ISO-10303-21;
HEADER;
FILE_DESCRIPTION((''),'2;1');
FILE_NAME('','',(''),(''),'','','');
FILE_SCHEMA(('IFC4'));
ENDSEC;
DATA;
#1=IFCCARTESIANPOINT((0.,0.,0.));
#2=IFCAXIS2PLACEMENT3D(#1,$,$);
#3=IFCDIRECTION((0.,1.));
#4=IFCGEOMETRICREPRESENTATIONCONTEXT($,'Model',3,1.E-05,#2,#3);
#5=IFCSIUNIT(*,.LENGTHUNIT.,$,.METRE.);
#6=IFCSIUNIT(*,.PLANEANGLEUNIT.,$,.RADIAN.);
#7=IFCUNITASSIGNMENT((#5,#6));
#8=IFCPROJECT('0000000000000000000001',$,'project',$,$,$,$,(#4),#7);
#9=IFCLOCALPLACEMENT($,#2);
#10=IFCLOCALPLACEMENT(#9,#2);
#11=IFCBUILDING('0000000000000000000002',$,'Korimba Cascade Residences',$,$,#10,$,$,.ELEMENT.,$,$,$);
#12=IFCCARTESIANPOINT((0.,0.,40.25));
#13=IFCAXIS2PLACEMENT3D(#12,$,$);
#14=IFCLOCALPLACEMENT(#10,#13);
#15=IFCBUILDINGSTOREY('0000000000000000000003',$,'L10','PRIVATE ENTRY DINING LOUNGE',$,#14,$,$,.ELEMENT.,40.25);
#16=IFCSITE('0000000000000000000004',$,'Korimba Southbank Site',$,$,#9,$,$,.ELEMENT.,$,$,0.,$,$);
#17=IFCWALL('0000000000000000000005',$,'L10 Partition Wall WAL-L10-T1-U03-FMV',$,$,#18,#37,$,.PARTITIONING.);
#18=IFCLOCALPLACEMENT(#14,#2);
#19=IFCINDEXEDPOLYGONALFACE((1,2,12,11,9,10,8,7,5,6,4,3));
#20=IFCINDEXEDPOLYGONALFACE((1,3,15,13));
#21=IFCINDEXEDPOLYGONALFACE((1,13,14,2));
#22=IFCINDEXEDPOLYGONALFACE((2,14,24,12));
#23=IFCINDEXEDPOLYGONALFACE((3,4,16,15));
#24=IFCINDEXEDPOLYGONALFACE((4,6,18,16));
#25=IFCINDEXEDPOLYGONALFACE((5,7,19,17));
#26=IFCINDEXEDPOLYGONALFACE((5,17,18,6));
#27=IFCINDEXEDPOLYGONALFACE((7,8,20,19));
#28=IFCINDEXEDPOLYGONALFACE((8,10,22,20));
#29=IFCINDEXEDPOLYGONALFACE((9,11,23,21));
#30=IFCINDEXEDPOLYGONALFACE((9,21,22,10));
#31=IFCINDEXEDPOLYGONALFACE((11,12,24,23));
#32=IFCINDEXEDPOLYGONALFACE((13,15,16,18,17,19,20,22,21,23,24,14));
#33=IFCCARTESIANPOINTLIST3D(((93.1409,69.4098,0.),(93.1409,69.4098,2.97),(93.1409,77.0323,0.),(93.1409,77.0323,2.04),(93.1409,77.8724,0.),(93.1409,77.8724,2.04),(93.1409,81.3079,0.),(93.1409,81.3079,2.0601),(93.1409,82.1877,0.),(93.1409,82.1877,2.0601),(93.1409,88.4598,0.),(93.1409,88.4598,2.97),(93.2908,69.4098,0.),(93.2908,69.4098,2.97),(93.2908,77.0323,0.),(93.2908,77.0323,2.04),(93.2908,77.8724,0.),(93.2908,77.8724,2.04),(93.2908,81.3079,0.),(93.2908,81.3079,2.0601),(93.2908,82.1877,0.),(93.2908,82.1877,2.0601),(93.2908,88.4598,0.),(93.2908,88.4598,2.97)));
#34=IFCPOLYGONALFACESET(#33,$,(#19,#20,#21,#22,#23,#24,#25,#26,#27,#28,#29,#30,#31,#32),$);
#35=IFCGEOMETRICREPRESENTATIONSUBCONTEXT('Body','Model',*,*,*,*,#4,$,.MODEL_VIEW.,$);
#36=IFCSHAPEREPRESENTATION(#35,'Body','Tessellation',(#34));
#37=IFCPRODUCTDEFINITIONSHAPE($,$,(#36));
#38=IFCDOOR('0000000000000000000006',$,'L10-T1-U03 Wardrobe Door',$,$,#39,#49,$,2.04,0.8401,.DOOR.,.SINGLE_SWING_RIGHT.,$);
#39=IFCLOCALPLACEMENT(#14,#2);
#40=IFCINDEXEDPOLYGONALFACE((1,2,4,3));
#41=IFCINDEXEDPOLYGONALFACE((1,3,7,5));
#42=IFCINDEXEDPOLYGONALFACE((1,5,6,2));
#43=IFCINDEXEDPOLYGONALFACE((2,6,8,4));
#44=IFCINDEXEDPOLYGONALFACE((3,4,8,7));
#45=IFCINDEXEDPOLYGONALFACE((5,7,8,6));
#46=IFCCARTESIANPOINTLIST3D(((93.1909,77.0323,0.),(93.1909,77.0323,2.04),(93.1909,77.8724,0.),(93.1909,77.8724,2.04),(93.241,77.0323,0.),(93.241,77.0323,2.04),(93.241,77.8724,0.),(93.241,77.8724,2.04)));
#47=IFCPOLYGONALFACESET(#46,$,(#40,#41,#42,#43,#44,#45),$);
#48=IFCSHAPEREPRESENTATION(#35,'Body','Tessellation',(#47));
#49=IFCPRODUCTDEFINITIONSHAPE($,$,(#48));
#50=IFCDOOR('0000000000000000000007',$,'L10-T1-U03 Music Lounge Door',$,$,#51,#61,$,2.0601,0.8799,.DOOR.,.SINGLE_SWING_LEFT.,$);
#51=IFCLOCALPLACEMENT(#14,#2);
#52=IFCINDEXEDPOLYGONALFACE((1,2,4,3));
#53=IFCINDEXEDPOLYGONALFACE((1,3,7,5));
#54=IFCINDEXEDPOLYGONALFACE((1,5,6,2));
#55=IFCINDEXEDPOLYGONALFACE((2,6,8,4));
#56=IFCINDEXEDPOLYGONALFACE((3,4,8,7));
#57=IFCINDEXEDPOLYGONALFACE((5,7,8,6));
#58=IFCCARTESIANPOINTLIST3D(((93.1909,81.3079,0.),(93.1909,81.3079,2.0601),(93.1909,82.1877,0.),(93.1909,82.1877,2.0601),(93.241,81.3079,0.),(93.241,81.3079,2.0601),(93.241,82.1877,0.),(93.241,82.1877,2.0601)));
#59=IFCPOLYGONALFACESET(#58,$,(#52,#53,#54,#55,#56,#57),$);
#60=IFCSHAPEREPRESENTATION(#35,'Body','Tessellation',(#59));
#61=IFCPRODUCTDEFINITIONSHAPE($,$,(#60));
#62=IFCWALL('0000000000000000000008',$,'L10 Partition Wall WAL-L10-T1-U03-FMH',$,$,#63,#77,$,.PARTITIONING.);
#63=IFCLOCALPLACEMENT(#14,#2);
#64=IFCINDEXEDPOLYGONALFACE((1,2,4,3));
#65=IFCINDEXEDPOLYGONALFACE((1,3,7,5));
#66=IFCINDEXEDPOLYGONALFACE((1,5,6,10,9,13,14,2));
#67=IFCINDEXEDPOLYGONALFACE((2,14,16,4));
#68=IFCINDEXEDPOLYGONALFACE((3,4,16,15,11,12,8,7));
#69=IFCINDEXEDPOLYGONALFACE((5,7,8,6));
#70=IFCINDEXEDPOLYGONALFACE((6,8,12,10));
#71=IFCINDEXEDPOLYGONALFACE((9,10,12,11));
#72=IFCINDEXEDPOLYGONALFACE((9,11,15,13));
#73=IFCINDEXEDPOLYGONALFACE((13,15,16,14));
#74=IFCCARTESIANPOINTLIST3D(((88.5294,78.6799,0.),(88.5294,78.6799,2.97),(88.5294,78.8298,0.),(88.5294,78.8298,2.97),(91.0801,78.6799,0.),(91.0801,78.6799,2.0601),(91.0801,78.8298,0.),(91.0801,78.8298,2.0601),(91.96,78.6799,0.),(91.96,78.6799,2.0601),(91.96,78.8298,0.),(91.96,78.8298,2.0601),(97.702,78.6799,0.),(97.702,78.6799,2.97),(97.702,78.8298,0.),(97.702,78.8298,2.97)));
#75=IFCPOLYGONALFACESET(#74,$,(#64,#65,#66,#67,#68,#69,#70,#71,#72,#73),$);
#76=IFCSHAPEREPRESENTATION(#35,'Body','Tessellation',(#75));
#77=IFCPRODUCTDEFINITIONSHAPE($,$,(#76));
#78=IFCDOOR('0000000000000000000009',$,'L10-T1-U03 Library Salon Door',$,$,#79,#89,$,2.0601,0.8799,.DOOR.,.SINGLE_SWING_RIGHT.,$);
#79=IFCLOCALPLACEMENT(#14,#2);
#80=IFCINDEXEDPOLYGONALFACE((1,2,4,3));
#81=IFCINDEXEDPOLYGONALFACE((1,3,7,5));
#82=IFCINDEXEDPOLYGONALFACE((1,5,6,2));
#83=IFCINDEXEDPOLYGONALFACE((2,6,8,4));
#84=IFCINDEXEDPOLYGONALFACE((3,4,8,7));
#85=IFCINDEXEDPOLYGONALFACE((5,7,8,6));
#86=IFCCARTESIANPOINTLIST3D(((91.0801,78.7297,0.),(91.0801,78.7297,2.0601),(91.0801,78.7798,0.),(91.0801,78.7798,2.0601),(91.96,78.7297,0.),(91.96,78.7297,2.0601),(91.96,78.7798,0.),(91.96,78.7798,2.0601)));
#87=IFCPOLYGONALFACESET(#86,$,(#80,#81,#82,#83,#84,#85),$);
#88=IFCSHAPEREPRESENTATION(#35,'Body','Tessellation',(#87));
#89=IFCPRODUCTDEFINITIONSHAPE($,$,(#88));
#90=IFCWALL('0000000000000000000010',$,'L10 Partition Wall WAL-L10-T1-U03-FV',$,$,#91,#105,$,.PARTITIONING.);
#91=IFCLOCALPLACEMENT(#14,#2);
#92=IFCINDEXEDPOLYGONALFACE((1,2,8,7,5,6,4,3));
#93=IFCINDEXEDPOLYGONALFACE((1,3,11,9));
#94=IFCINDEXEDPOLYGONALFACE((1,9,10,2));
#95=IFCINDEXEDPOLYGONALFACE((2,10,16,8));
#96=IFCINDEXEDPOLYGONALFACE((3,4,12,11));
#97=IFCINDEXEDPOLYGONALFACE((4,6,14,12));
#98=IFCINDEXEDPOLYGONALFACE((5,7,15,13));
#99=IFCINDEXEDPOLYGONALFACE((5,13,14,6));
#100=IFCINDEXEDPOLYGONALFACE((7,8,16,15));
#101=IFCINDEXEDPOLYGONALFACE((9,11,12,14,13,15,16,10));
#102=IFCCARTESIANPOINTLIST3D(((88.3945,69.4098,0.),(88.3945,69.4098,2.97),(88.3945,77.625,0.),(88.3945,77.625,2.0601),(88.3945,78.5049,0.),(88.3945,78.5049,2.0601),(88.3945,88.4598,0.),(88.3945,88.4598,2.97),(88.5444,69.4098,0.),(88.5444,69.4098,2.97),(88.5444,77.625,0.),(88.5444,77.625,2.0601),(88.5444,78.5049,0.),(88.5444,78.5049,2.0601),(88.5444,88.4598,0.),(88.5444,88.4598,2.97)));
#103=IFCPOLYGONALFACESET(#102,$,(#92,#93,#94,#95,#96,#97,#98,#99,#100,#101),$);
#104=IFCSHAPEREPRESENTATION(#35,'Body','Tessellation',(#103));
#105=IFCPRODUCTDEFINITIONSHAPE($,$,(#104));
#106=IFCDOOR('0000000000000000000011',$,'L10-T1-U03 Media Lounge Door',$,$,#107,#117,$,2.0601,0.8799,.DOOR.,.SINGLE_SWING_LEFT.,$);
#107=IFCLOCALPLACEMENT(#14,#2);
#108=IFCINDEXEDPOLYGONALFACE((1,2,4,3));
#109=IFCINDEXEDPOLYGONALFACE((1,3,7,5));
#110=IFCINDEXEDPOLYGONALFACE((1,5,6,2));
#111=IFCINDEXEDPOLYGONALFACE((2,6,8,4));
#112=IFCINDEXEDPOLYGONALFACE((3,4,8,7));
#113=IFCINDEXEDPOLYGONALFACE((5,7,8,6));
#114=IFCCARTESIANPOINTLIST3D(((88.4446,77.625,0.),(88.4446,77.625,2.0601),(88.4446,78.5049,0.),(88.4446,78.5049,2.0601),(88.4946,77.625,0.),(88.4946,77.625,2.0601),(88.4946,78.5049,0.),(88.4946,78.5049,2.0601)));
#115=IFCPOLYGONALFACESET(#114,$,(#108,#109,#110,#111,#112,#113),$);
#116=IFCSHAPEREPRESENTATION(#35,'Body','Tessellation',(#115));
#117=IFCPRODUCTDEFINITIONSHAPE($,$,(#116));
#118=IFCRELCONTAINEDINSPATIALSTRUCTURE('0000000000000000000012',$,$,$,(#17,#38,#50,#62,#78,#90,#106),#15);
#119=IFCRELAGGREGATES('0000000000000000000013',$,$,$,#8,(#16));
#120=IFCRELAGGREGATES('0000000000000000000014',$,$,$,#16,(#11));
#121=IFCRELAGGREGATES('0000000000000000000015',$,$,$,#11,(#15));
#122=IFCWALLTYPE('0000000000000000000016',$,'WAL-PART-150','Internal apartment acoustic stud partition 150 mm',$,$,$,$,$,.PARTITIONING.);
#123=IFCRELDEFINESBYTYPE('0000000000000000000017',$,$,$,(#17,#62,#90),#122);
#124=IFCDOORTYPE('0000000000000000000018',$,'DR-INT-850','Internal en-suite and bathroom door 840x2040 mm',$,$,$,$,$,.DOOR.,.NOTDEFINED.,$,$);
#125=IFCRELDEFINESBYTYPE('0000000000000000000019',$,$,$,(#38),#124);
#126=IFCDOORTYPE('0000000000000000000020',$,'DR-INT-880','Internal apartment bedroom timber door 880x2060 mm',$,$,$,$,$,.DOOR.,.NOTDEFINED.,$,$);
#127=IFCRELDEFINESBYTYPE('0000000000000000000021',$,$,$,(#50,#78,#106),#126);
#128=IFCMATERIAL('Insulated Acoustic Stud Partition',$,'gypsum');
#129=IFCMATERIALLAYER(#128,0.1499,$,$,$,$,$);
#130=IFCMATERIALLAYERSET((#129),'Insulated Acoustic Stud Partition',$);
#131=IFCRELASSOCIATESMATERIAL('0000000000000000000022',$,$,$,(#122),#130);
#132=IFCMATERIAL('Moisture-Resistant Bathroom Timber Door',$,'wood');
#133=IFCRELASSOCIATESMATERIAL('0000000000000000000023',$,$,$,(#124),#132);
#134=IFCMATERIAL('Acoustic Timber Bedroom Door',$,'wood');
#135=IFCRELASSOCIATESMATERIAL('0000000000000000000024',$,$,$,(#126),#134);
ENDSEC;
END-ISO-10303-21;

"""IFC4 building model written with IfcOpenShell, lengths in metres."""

from ifc_helpers import new_model, si_unit, direction, frame, frame_2d, origin, place, context, subcontext, project, spatial, rectangle, extrude, material, layer, layer_set, type_object, element, fill, save


model = new_model("IFC4")

# Units and contexts
model_context = context("Model", 3, precision=1e-05, world=origin(), true_north=direction((0.0, 1.0)))
body_context = subcontext(model_context, "Body", "Model", "MODEL_VIEW")
ifc_project = project(units=[si_unit("LENGTHUNIT", "METRE"), si_unit("PLANEANGLEUNIT", "RADIAN")], contexts=[model_context])

# Site, building, storey
site_placement = place(None, origin())
site = spatial("IfcSite", under=ifc_project, at=site_placement, Name="Korimba Southbank Site", CompositionType="ELEMENT", RefElevation=0.0)
building_placement = place(site_placement, origin())
building = spatial("IfcBuilding", under=site, at=building_placement, Name="Korimba Cascade Residences", CompositionType="ELEMENT")
storey_placement = place(building_placement, frame((0.0, 0.0, 40.25)))
storey = spatial("IfcBuildingStorey", under=building, at=storey_placement, Name="L10", Description="PRIVATE ENTRY DINING LOUNGE", CompositionType="ELEMENT", Elevation=40.25)

# Shared definitions
ifc_material_1 = material(Name="Insulated Acoustic Stud Partition", Category="gypsum")
ifc_layer_1 = layer(ifc_material_1, 0.1499)
ifc_layer_set_1 = layer_set([ifc_layer_1], Name="Insulated Acoustic Stud Partition")
wall_type_1 = type_object("IfcWallType", Name="WAL-PART-150", Description="Internal apartment acoustic stud partition 150 mm", PredefinedType="PARTITIONING", material=ifc_layer_set_1)

# Wall, openings, doors
wall_1_placement = place(storey_placement, frame((93.2158, 69.4099, 0.0), z_axis=(0.0, 0.0, 1.0), x_axis=(0.0, 1.0, 0.0)))
wall_1 = element("IfcWall", 1, at=wall_1_placement, inside=storey, type_object=wall_type_1, Name="L10 Partition Wall WAL-L10-T1-U03-FMV", PredefinedType="PARTITIONING", context=body_context, shape_type="SweptSolid", body=[
    extrude(rectangle(XDim=19.05, YDim=0.1499, at=frame_2d((9.5249, 0.0))), origin(), (0.0, 0.0, 1.0), 2.97),
])
opening_1_placement = place(wall_1_placement, frame((7.6226, 0.0, 0.0)))
opening_1 = element("IfcOpeningElement", 2, at=opening_1_placement, cuts=wall_1, PredefinedType="OPENING", context=body_context, shape_type="SweptSolid", body=[
    extrude(rectangle(XDim=0.8401, YDim=2.04, at=frame_2d((0.4199, 1.02))), frame((0.0, 0.085, 0.0), z_axis=(0.0, -1.0, 0.0), x_axis=(1.0, 0.0, 0.0)), (0.0, 0.0, 1.0), 0.1699),
])
opening_2_placement = place(wall_1_placement, frame((11.8979, 0.0, 0.0)))
opening_2 = element("IfcOpeningElement", 3, at=opening_2_placement, cuts=wall_1, PredefinedType="OPENING", context=body_context, shape_type="SweptSolid", body=[
    extrude(rectangle(XDim=0.8799, YDim=2.0601, at=frame_2d((0.4399, 1.03))), frame((0.0, 0.085, 0.0), z_axis=(0.0, -1.0, 0.0), x_axis=(1.0, 0.0, 0.0)), (0.0, 0.0, 1.0), 0.1699),
])
ifc_material_2 = material(Name="Moisture-Resistant Bathroom Timber Door", Category="wood")
door_type_1 = type_object("IfcDoorType", Name="DR-INT-850", Description="Internal en-suite and bathroom door 840x2040 mm", OperationType="NOTDEFINED", PredefinedType="DOOR", material=ifc_material_2)
door_1_placement = place(opening_1_placement, origin())
door_1 = element("IfcDoor", 4, at=door_1_placement, inside=storey, type_object=door_type_1, Name="L10-T1-U03 Wardrobe Door", OperationType="SINGLE_SWING_RIGHT", OverallHeight=2.04, OverallWidth=0.8401, PredefinedType="DOOR", context=body_context, shape_type="SweptSolid", body=[
    extrude(rectangle(XDim=0.8401, YDim=2.04, at=frame_2d((0.4199, 1.02))), frame((0.0, 0.0249, 0.0), z_axis=(0.0, -1.0, 0.0), x_axis=(1.0, 0.0, 0.0)), (0.0, 0.0, 1.0), 0.05),
])
fill(opening_1, door_1)
ifc_material_3 = material(Name="Acoustic Timber Bedroom Door", Category="wood")
door_type_2 = type_object("IfcDoorType", Name="DR-INT-880", Description="Internal apartment bedroom timber door 880x2060 mm", OperationType="NOTDEFINED", PredefinedType="DOOR", material=ifc_material_3)
door_2_placement = place(opening_2_placement, origin())
door_2 = element("IfcDoor", 5, at=door_2_placement, inside=storey, type_object=door_type_2, Name="L10-T1-U03 Music Lounge Door", OperationType="SINGLE_SWING_LEFT", OverallHeight=2.0601, OverallWidth=0.8799, PredefinedType="DOOR", context=body_context, shape_type="SweptSolid", body=[
    extrude(rectangle(XDim=0.8799, YDim=2.0601, at=frame_2d((0.4399, 1.03))), frame((0.0, 0.0249, 0.0), z_axis=(0.0, -1.0, 0.0), x_axis=(1.0, 0.0, 0.0)), (0.0, 0.0, 1.0), 0.05),
])
fill(opening_2, door_2)

# Walls, openings, doors
wall_2_placement = place(storey_placement, frame((88.5293, 78.7549, 0.0), z_axis=(0.0, 0.0, 1.0), x_axis=(1.0, 0.0, 0.0)))
wall_2 = element("IfcWall", 6, at=wall_2_placement, inside=storey, type_object=wall_type_1, Name="L10 Partition Wall WAL-L10-T1-U03-FMH", PredefinedType="PARTITIONING", context=body_context, shape_type="SweptSolid", body=[
    extrude(rectangle(XDim=9.1726, YDim=0.1499, at=frame_2d((4.5864, 0.0))), origin(), (0.0, 0.0, 1.0), 2.97),
])
opening_3_placement = place(wall_2_placement, frame((2.5508, 0.0, 0.0)))
opening_3 = element("IfcOpeningElement", 7, at=opening_3_placement, cuts=wall_2, PredefinedType="OPENING", context=body_context, shape_type="SweptSolid", body=[
    extrude(rectangle(XDim=0.8799, YDim=2.0601, at=frame_2d((0.4399, 1.03))), frame((0.0, 0.085, 0.0), z_axis=(0.0, -1.0, 0.0), x_axis=(1.0, 0.0, 0.0)), (0.0, 0.0, 1.0), 0.1699),
])
door_3_placement = place(opening_3_placement, origin())
door_3 = element("IfcDoor", 8, at=door_3_placement, inside=storey, type_object=door_type_2, Name="L10-T1-U03 Library Salon Door", OperationType="SINGLE_SWING_RIGHT", OverallHeight=2.0601, OverallWidth=0.8799, PredefinedType="DOOR", context=body_context, shape_type="SweptSolid", body=[
    extrude(rectangle(XDim=0.8799, YDim=2.0601, at=frame_2d((0.4399, 1.03))), frame((0.0, 0.0249, 0.0), z_axis=(0.0, -1.0, 0.0), x_axis=(1.0, 0.0, 0.0)), (0.0, 0.0, 1.0), 0.05),
])
fill(opening_3, door_3)
wall_3_placement = place(storey_placement, frame((88.4695, 69.4099, 0.0), z_axis=(0.0, 0.0, 1.0), x_axis=(0.0, 1.0, 0.0)))
wall_3 = element("IfcWall", 9, at=wall_3_placement, inside=storey, type_object=wall_type_1, Name="L10 Partition Wall WAL-L10-T1-U03-FV", PredefinedType="PARTITIONING", context=body_context, shape_type="SweptSolid", body=[
    extrude(rectangle(XDim=19.05, YDim=0.1499, at=frame_2d((9.5249, 0.0))), origin(), (0.0, 0.0, 1.0), 2.97),
])
opening_4_placement = place(wall_3_placement, frame((8.2151, 0.0, 0.0)))
opening_4 = element("IfcOpeningElement", 10, at=opening_4_placement, cuts=wall_3, PredefinedType="OPENING", context=body_context, shape_type="SweptSolid", body=[
    extrude(rectangle(XDim=0.8799, YDim=2.0601, at=frame_2d((0.4399, 1.03))), frame((0.0, 0.085, 0.0), z_axis=(0.0, -1.0, 0.0), x_axis=(1.0, 0.0, 0.0)), (0.0, 0.0, 1.0), 0.1699),
])
door_4_placement = place(opening_4_placement, origin())
door_4 = element("IfcDoor", 11, at=door_4_placement, inside=storey, type_object=door_type_2, Name="L10-T1-U03 Media Lounge Door", OperationType="SINGLE_SWING_LEFT", OverallHeight=2.0601, OverallWidth=0.8799, PredefinedType="DOOR", context=body_context, shape_type="SweptSolid", body=[
    extrude(rectangle(XDim=0.8799, YDim=2.0601, at=frame_2d((0.4399, 1.03))), frame((0.0, 0.0249, 0.0), z_axis=(0.0, -1.0, 0.0), x_axis=(1.0, 0.0, 0.0)), (0.0, 0.0, 1.0), 0.05),
])
fill(opening_4, door_4)

save(model, "model.ifc")
